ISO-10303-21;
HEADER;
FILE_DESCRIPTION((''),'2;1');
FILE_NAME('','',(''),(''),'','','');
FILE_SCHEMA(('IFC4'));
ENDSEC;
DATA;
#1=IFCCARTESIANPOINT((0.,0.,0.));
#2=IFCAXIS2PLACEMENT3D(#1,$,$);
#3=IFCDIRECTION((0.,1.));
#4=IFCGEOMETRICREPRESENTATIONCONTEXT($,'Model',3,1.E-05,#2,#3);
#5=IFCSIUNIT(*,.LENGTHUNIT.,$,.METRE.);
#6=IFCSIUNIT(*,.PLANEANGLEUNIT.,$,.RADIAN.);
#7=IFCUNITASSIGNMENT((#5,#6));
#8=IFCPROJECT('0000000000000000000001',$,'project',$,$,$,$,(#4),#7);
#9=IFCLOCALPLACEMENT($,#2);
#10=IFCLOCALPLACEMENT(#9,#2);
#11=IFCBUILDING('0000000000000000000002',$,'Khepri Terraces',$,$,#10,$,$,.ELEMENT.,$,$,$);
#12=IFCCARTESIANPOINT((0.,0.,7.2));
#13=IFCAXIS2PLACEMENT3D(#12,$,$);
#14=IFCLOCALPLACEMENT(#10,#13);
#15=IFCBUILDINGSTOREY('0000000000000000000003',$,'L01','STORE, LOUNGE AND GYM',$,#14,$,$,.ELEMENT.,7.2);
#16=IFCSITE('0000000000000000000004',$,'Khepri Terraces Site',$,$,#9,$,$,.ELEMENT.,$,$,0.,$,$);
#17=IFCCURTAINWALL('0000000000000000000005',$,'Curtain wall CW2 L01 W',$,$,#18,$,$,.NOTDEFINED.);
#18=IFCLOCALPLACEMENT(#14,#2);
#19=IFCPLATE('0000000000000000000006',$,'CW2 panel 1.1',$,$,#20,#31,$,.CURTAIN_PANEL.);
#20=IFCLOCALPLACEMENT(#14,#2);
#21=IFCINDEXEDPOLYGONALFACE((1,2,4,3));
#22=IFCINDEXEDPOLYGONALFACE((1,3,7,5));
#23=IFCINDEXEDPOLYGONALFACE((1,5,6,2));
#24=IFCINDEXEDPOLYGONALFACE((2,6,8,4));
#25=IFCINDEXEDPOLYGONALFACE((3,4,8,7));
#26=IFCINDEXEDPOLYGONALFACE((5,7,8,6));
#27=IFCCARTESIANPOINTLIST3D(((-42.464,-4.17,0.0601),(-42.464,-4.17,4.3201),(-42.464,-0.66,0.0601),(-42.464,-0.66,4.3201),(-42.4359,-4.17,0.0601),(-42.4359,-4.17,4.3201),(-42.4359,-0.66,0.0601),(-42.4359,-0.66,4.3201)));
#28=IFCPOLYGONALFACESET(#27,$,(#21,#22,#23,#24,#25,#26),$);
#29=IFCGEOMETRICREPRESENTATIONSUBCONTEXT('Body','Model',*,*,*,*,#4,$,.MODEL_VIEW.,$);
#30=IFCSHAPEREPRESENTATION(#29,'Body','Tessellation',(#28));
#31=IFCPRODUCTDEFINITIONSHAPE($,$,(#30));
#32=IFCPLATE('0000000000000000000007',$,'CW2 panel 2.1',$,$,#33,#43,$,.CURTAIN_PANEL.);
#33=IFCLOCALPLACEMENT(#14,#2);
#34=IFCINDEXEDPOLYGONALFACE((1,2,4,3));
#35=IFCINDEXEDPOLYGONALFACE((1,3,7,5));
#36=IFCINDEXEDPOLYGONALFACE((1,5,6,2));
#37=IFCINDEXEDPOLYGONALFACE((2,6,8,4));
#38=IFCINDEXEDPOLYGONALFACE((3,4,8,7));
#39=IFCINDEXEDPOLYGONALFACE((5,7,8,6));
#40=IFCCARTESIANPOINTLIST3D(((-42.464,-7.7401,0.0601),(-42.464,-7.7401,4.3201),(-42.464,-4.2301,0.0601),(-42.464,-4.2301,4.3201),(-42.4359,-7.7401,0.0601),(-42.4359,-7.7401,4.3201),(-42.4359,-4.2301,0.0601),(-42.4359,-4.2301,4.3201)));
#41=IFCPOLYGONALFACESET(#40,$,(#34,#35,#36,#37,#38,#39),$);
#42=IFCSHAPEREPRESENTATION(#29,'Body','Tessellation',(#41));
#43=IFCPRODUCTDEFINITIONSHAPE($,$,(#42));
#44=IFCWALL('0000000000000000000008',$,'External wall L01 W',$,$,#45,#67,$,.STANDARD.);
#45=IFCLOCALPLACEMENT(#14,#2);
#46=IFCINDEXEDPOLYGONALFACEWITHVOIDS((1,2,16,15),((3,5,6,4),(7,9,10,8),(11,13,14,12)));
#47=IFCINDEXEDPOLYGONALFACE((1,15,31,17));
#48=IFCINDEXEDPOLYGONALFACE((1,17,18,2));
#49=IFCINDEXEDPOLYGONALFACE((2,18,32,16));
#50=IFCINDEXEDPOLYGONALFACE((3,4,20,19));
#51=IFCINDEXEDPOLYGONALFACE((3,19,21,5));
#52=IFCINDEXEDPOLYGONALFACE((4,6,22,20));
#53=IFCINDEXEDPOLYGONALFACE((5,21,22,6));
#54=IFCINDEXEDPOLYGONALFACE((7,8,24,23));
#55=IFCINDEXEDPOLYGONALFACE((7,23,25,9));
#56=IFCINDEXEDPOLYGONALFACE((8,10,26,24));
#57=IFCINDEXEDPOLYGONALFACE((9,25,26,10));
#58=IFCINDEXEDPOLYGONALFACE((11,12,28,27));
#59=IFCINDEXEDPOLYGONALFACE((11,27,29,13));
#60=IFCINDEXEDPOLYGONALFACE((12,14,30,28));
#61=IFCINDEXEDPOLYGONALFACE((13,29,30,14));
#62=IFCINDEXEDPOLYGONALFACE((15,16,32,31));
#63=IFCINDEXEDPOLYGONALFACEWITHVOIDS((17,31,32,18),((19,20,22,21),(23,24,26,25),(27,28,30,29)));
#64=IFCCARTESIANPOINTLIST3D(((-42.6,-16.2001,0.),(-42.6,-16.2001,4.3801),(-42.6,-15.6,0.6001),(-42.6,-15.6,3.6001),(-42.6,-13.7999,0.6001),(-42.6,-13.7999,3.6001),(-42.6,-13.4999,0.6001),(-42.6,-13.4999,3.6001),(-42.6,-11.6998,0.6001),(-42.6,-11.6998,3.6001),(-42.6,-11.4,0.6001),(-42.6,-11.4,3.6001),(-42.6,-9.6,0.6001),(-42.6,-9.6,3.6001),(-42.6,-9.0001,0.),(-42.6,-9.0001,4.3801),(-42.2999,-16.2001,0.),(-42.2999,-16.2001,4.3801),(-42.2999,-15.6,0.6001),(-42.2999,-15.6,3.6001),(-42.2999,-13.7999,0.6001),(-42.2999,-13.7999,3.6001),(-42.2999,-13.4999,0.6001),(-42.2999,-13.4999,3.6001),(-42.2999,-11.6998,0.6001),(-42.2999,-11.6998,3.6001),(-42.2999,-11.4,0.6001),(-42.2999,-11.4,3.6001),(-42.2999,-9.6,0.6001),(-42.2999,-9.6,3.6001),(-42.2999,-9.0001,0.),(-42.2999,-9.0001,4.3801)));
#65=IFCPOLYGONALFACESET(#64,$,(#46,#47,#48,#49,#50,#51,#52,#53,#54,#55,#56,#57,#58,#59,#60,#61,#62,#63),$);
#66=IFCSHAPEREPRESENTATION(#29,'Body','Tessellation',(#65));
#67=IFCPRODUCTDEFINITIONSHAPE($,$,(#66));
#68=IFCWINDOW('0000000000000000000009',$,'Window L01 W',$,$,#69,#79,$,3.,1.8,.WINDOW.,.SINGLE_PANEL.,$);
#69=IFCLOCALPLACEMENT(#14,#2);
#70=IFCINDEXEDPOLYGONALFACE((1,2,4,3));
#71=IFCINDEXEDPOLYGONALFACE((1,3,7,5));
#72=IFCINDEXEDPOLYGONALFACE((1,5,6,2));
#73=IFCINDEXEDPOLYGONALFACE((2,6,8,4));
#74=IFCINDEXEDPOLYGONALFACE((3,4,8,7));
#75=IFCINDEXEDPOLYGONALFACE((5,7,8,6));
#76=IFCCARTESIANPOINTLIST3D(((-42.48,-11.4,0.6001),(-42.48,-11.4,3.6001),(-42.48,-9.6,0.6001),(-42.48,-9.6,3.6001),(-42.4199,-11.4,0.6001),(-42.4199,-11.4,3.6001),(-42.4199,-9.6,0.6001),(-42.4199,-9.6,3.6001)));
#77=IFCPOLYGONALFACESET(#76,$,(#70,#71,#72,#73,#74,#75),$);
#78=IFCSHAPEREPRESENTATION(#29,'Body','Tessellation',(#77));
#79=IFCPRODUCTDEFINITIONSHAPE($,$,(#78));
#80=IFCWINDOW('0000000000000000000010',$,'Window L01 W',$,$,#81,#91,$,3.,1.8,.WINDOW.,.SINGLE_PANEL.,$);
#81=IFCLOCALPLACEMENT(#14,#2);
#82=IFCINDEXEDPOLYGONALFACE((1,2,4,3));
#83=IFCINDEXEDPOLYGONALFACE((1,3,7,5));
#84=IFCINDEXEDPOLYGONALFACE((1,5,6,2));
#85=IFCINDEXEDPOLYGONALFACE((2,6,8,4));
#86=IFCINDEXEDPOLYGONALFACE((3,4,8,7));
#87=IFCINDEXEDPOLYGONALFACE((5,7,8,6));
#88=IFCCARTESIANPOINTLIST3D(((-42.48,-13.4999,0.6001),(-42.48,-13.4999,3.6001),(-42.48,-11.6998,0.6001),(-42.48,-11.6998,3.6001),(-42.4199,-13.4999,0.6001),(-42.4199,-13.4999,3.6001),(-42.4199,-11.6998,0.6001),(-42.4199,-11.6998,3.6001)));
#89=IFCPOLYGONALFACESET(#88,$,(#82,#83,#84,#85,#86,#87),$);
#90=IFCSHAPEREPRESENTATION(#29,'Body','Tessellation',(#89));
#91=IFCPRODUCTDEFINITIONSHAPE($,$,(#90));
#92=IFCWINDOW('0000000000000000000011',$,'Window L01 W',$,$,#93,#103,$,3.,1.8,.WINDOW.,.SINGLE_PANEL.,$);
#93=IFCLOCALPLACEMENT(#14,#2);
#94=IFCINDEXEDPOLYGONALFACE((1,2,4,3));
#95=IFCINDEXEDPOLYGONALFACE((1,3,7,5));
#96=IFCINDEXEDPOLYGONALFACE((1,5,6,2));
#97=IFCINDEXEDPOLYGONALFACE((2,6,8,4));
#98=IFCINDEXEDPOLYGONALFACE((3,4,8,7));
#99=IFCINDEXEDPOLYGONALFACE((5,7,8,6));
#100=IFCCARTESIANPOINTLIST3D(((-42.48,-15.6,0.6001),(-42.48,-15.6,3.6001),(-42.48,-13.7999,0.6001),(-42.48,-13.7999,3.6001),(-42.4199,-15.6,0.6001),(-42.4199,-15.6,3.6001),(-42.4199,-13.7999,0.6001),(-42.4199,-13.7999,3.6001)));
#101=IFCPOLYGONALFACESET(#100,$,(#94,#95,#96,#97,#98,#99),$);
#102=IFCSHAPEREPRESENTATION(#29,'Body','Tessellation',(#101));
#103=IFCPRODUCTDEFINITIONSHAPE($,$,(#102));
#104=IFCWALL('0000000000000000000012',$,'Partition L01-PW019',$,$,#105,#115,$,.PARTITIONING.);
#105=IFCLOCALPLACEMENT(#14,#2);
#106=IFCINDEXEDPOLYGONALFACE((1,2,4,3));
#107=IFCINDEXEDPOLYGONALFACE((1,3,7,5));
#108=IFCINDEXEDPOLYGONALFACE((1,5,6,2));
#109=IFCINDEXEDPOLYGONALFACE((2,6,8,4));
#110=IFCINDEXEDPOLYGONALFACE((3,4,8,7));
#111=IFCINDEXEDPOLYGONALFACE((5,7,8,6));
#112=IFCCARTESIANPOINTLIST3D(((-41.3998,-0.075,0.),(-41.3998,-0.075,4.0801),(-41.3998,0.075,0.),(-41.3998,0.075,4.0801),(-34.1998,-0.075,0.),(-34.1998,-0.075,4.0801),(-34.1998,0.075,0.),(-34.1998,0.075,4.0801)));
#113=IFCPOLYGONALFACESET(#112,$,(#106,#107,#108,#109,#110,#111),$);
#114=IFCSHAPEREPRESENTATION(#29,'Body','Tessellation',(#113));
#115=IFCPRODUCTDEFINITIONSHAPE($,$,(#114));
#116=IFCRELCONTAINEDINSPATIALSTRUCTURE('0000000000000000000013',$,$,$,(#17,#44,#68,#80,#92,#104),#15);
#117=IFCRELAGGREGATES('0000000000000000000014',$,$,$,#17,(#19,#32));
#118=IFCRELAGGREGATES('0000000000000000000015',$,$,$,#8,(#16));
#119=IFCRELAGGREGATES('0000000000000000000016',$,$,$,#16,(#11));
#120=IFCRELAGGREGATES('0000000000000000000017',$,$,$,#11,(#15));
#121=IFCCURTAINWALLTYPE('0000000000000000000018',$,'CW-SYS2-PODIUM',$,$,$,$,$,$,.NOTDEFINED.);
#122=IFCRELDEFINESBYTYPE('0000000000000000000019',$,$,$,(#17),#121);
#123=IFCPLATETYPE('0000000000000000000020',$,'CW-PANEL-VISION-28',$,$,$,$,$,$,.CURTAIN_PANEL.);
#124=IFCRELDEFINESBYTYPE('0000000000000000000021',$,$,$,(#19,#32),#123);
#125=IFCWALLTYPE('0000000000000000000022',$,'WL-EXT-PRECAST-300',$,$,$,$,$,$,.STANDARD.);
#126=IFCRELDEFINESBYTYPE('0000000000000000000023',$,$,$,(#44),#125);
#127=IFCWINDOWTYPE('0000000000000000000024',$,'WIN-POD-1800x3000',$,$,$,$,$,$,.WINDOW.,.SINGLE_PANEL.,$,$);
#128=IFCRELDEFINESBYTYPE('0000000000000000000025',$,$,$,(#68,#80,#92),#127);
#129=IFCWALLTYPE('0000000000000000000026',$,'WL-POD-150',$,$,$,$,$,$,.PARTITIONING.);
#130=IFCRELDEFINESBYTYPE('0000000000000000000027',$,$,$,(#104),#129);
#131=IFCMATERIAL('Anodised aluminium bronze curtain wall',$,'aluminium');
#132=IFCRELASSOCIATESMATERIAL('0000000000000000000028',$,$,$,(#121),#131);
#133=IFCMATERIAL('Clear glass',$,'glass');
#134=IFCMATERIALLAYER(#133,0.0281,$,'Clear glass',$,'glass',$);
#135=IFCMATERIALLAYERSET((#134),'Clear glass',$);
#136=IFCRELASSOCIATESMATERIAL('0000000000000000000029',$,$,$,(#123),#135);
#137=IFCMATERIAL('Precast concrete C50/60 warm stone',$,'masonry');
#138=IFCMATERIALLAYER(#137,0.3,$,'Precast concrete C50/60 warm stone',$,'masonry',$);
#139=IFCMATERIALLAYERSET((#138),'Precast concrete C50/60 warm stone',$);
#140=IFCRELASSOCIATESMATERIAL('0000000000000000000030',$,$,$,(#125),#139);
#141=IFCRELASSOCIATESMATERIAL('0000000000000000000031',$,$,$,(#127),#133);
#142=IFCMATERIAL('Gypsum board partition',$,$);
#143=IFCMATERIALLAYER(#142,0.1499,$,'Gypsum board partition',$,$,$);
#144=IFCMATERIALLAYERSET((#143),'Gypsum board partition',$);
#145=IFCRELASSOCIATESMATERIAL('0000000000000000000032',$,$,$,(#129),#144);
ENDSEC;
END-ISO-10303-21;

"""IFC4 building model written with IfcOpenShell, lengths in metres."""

from ifc_helpers import new_model, si_unit, direction, frame, frame_2d, origin, origin_2d, place, context, subcontext, project, spatial, rectangle, extrude, material, layer, layer_set, type_object, element, fill, aggregate, save


model = new_model("IFC4")

# Units and contexts
model_context = context("Model", 3, precision=1e-05, world=origin(), true_north=direction((0.0, 1.0)))
body_context = subcontext(model_context, "Body", "Model", "MODEL_VIEW")
ifc_project = project(units=[si_unit("LENGTHUNIT", "METRE"), si_unit("PLANEANGLEUNIT", "RADIAN")], contexts=[model_context])

# Site, building, storey
site_placement = place(None, origin())
site = spatial("IfcSite", under=ifc_project, at=site_placement, Name="Khepri Terraces Site", CompositionType="ELEMENT", RefElevation=0.0)
building_placement = place(site_placement, origin())
building = spatial("IfcBuilding", under=site, at=building_placement, Name="Khepri Terraces", CompositionType="ELEMENT")
storey_placement = place(building_placement, frame((0.0, 0.0, 7.2)))
storey = spatial("IfcBuildingStorey", under=building, at=storey_placement, Name="L01", Description="STORE, LOUNGE AND GYM", CompositionType="ELEMENT", Elevation=7.2)

# Curtain wall
ifc_material_1 = material(Name="Anodised aluminium bronze curtain wall", Category="aluminium")
curtain_wall_type = type_object("IfcCurtainWallType", Name="CW-SYS2-PODIUM", PredefinedType="NOTDEFINED", material=ifc_material_1)
curtain_wall_placement = place(storey_placement, origin())
curtain_wall = element("IfcCurtainWall", 1, at=curtain_wall_placement, inside=storey, type_object=curtain_wall_type, Name="Curtain wall CW2 L01 W", PredefinedType="NOTDEFINED")

# Plates
ifc_material_2 = material(Name="Clear glass", Category="glass")
ifc_layer_1 = layer(ifc_material_2, 0.0281, Name="Clear glass", Category="glass")
ifc_layer_set_1 = layer_set([ifc_layer_1], Name="Clear glass")
plate_type = type_object("IfcPlateType", Name="CW-PANEL-VISION-28", PredefinedType="CURTAIN_PANEL", material=ifc_layer_set_1)
plate_1_placement = place(storey_placement, frame((-42.45, -2.415, 0.0601), z_axis=(0.0, 0.0, 1.0), x_axis=(0.0, -1.0, 0.0)))
plate_1 = element("IfcPlate", 2, at=plate_1_placement, type_object=plate_type, Name="CW2 panel 1.1", PredefinedType="CURTAIN_PANEL", context=body_context, shape_type="SweptSolid", body=[
    extrude(rectangle(XDim=3.51, YDim=0.0281, at=origin_2d()), origin(), (0.0, 0.0, 1.0), 4.26),
])
plate_2_placement = place(storey_placement, frame((-42.45, -5.9851, 0.0601), z_axis=(0.0, 0.0, 1.0), x_axis=(0.0, -1.0, 0.0)))
plate_2 = element("IfcPlate", 3, at=plate_2_placement, type_object=plate_type, Name="CW2 panel 2.1", PredefinedType="CURTAIN_PANEL", context=body_context, shape_type="SweptSolid", body=[
    extrude(rectangle(XDim=3.51, YDim=0.0281, at=origin_2d()), origin(), (0.0, 0.0, 1.0), 4.26),
])
aggregate(curtain_wall, [plate_1, plate_2])

# Wall, openings, windows
ifc_material_3 = material(Name="Precast concrete C50/60 warm stone", Category="masonry")
ifc_layer_2 = layer(ifc_material_3, 0.3, Name="Precast concrete C50/60 warm stone", Category="masonry")
ifc_layer_set_2 = layer_set([ifc_layer_2], Name="Precast concrete C50/60 warm stone")
wall_type_1 = type_object("IfcWallType", Name="WL-EXT-PRECAST-300", PredefinedType="STANDARD", material=ifc_layer_set_2)
wall_1_placement = place(storey_placement, frame((-42.45, -9.0, 0.0), z_axis=(0.0, 0.0, 1.0), x_axis=(0.0, -1.0, 0.0)))
wall_1 = element("IfcWall", 4, at=wall_1_placement, inside=storey, type_object=wall_type_1, Name="External wall L01 W", PredefinedType="STANDARD", context=body_context, shape_type="SweptSolid", body=[
    extrude(rectangle(XDim=7.2, YDim=0.3, at=frame_2d((3.6001, 0.0))), origin(), (0.0, 0.0, 1.0), 4.3801),
])
opening_1_placement = place(wall_1_placement, frame((0.6001, 0.0, 0.6001)))
opening_1 = element("IfcOpeningElement", 5, at=opening_1_placement, cuts=wall_1, PredefinedType="OPENING", context=body_context, shape_type="SweptSolid", body=[
    extrude(rectangle(XDim=1.8, YDim=3.0, at=frame_2d((0.8999, 1.5))), frame((0.0, 0.1602, 0.0), z_axis=(0.0, -1.0, 0.0), x_axis=(1.0, 0.0, 0.0)), (0.0, 0.0, 1.0), 0.3201),
])
opening_2_placement = place(wall_1_placement, frame((2.7, 0.0, 0.6001)))
opening_2 = element("IfcOpeningElement", 6, at=opening_2_placement, cuts=wall_1, PredefinedType="OPENING", context=body_context, shape_type="SweptSolid", body=[
    extrude(rectangle(XDim=1.8, YDim=3.0, at=frame_2d((0.8999, 1.5))), frame((0.0, 0.1602, 0.0), z_axis=(0.0, -1.0, 0.0), x_axis=(1.0, 0.0, 0.0)), (0.0, 0.0, 1.0), 0.3201),
])
opening_3_placement = place(wall_1_placement, frame((4.8, 0.0, 0.6001)))
opening_3 = element("IfcOpeningElement", 7, at=opening_3_placement, cuts=wall_1, PredefinedType="OPENING", context=body_context, shape_type="SweptSolid", body=[
    extrude(rectangle(XDim=1.8, YDim=3.0, at=frame_2d((0.8999, 1.5))), frame((0.0, 0.1602, 0.0), z_axis=(0.0, -1.0, 0.0), x_axis=(1.0, 0.0, 0.0)), (0.0, 0.0, 1.0), 0.3201),
])
window_type = type_object("IfcWindowType", Name="WIN-POD-1800x3000", PartitioningType="SINGLE_PANEL", PredefinedType="WINDOW", material=ifc_material_2)
window_1_placement = place(opening_1_placement, origin())
window_1 = element("IfcWindow", 8, at=window_1_placement, inside=storey, type_object=window_type, Name="Window L01 W", OverallHeight=3.0, OverallWidth=1.8, PartitioningType="SINGLE_PANEL", PredefinedType="WINDOW", context=body_context, shape_type="SweptSolid", body=[
    extrude(rectangle(XDim=1.8, YDim=3.0, at=frame_2d((0.8999, 1.5))), frame((0.0, 0.03, 0.0), z_axis=(0.0, -1.0, 0.0), x_axis=(1.0, 0.0, 0.0)), (0.0, 0.0, 1.0), 0.0601),
])
fill(opening_1, window_1)
window_2_placement = place(opening_2_placement, origin())
window_2 = element("IfcWindow", 9, at=window_2_placement, inside=storey, type_object=window_type, Name="Window L01 W", OverallHeight=3.0, OverallWidth=1.8, PartitioningType="SINGLE_PANEL", PredefinedType="WINDOW", context=body_context, shape_type="SweptSolid", body=[
    extrude(rectangle(XDim=1.8, YDim=3.0, at=frame_2d((0.8999, 1.5))), frame((0.0, 0.03, 0.0), z_axis=(0.0, -1.0, 0.0), x_axis=(1.0, 0.0, 0.0)), (0.0, 0.0, 1.0), 0.0601),
])
fill(opening_2, window_2)
window_3_placement = place(opening_3_placement, origin())
window_3 = element("IfcWindow", 10, at=window_3_placement, inside=storey, type_object=window_type, Name="Window L01 W", OverallHeight=3.0, OverallWidth=1.8, PartitioningType="SINGLE_PANEL", PredefinedType="WINDOW", context=body_context, shape_type="SweptSolid", body=[
    extrude(rectangle(XDim=1.8, YDim=3.0, at=frame_2d((0.8999, 1.5))), frame((0.0, 0.03, 0.0), z_axis=(0.0, -1.0, 0.0), x_axis=(1.0, 0.0, 0.0)), (0.0, 0.0, 1.0), 0.0601),
])
fill(opening_3, window_3)

# Wall
ifc_material_4 = material(Name="Gypsum board partition")
ifc_layer_3 = layer(ifc_material_4, 0.1499, Name="Gypsum board partition")
ifc_layer_set_3 = layer_set([ifc_layer_3], Name="Gypsum board partition")
wall_type_2 = type_object("IfcWallType", Name="WL-POD-150", PredefinedType="PARTITIONING", material=ifc_layer_set_3)
wall_2_placement = place(storey_placement, frame((-41.3999, 0.0, 0.0), z_axis=(0.0, 0.0, 1.0), x_axis=(1.0, 0.0, 0.0)))
element("IfcWall", 11, at=wall_2_placement, inside=storey, type_object=wall_type_2, Name="Partition L01-PW019", PredefinedType="PARTITIONING", context=body_context, shape_type="SweptSolid", body=[
    extrude(rectangle(XDim=7.2, YDim=0.1499, at=frame_2d((3.6001, 0.0))), origin(), (0.0, 0.0, 1.0), 4.0801),
])

save(model, "model.ifc")
